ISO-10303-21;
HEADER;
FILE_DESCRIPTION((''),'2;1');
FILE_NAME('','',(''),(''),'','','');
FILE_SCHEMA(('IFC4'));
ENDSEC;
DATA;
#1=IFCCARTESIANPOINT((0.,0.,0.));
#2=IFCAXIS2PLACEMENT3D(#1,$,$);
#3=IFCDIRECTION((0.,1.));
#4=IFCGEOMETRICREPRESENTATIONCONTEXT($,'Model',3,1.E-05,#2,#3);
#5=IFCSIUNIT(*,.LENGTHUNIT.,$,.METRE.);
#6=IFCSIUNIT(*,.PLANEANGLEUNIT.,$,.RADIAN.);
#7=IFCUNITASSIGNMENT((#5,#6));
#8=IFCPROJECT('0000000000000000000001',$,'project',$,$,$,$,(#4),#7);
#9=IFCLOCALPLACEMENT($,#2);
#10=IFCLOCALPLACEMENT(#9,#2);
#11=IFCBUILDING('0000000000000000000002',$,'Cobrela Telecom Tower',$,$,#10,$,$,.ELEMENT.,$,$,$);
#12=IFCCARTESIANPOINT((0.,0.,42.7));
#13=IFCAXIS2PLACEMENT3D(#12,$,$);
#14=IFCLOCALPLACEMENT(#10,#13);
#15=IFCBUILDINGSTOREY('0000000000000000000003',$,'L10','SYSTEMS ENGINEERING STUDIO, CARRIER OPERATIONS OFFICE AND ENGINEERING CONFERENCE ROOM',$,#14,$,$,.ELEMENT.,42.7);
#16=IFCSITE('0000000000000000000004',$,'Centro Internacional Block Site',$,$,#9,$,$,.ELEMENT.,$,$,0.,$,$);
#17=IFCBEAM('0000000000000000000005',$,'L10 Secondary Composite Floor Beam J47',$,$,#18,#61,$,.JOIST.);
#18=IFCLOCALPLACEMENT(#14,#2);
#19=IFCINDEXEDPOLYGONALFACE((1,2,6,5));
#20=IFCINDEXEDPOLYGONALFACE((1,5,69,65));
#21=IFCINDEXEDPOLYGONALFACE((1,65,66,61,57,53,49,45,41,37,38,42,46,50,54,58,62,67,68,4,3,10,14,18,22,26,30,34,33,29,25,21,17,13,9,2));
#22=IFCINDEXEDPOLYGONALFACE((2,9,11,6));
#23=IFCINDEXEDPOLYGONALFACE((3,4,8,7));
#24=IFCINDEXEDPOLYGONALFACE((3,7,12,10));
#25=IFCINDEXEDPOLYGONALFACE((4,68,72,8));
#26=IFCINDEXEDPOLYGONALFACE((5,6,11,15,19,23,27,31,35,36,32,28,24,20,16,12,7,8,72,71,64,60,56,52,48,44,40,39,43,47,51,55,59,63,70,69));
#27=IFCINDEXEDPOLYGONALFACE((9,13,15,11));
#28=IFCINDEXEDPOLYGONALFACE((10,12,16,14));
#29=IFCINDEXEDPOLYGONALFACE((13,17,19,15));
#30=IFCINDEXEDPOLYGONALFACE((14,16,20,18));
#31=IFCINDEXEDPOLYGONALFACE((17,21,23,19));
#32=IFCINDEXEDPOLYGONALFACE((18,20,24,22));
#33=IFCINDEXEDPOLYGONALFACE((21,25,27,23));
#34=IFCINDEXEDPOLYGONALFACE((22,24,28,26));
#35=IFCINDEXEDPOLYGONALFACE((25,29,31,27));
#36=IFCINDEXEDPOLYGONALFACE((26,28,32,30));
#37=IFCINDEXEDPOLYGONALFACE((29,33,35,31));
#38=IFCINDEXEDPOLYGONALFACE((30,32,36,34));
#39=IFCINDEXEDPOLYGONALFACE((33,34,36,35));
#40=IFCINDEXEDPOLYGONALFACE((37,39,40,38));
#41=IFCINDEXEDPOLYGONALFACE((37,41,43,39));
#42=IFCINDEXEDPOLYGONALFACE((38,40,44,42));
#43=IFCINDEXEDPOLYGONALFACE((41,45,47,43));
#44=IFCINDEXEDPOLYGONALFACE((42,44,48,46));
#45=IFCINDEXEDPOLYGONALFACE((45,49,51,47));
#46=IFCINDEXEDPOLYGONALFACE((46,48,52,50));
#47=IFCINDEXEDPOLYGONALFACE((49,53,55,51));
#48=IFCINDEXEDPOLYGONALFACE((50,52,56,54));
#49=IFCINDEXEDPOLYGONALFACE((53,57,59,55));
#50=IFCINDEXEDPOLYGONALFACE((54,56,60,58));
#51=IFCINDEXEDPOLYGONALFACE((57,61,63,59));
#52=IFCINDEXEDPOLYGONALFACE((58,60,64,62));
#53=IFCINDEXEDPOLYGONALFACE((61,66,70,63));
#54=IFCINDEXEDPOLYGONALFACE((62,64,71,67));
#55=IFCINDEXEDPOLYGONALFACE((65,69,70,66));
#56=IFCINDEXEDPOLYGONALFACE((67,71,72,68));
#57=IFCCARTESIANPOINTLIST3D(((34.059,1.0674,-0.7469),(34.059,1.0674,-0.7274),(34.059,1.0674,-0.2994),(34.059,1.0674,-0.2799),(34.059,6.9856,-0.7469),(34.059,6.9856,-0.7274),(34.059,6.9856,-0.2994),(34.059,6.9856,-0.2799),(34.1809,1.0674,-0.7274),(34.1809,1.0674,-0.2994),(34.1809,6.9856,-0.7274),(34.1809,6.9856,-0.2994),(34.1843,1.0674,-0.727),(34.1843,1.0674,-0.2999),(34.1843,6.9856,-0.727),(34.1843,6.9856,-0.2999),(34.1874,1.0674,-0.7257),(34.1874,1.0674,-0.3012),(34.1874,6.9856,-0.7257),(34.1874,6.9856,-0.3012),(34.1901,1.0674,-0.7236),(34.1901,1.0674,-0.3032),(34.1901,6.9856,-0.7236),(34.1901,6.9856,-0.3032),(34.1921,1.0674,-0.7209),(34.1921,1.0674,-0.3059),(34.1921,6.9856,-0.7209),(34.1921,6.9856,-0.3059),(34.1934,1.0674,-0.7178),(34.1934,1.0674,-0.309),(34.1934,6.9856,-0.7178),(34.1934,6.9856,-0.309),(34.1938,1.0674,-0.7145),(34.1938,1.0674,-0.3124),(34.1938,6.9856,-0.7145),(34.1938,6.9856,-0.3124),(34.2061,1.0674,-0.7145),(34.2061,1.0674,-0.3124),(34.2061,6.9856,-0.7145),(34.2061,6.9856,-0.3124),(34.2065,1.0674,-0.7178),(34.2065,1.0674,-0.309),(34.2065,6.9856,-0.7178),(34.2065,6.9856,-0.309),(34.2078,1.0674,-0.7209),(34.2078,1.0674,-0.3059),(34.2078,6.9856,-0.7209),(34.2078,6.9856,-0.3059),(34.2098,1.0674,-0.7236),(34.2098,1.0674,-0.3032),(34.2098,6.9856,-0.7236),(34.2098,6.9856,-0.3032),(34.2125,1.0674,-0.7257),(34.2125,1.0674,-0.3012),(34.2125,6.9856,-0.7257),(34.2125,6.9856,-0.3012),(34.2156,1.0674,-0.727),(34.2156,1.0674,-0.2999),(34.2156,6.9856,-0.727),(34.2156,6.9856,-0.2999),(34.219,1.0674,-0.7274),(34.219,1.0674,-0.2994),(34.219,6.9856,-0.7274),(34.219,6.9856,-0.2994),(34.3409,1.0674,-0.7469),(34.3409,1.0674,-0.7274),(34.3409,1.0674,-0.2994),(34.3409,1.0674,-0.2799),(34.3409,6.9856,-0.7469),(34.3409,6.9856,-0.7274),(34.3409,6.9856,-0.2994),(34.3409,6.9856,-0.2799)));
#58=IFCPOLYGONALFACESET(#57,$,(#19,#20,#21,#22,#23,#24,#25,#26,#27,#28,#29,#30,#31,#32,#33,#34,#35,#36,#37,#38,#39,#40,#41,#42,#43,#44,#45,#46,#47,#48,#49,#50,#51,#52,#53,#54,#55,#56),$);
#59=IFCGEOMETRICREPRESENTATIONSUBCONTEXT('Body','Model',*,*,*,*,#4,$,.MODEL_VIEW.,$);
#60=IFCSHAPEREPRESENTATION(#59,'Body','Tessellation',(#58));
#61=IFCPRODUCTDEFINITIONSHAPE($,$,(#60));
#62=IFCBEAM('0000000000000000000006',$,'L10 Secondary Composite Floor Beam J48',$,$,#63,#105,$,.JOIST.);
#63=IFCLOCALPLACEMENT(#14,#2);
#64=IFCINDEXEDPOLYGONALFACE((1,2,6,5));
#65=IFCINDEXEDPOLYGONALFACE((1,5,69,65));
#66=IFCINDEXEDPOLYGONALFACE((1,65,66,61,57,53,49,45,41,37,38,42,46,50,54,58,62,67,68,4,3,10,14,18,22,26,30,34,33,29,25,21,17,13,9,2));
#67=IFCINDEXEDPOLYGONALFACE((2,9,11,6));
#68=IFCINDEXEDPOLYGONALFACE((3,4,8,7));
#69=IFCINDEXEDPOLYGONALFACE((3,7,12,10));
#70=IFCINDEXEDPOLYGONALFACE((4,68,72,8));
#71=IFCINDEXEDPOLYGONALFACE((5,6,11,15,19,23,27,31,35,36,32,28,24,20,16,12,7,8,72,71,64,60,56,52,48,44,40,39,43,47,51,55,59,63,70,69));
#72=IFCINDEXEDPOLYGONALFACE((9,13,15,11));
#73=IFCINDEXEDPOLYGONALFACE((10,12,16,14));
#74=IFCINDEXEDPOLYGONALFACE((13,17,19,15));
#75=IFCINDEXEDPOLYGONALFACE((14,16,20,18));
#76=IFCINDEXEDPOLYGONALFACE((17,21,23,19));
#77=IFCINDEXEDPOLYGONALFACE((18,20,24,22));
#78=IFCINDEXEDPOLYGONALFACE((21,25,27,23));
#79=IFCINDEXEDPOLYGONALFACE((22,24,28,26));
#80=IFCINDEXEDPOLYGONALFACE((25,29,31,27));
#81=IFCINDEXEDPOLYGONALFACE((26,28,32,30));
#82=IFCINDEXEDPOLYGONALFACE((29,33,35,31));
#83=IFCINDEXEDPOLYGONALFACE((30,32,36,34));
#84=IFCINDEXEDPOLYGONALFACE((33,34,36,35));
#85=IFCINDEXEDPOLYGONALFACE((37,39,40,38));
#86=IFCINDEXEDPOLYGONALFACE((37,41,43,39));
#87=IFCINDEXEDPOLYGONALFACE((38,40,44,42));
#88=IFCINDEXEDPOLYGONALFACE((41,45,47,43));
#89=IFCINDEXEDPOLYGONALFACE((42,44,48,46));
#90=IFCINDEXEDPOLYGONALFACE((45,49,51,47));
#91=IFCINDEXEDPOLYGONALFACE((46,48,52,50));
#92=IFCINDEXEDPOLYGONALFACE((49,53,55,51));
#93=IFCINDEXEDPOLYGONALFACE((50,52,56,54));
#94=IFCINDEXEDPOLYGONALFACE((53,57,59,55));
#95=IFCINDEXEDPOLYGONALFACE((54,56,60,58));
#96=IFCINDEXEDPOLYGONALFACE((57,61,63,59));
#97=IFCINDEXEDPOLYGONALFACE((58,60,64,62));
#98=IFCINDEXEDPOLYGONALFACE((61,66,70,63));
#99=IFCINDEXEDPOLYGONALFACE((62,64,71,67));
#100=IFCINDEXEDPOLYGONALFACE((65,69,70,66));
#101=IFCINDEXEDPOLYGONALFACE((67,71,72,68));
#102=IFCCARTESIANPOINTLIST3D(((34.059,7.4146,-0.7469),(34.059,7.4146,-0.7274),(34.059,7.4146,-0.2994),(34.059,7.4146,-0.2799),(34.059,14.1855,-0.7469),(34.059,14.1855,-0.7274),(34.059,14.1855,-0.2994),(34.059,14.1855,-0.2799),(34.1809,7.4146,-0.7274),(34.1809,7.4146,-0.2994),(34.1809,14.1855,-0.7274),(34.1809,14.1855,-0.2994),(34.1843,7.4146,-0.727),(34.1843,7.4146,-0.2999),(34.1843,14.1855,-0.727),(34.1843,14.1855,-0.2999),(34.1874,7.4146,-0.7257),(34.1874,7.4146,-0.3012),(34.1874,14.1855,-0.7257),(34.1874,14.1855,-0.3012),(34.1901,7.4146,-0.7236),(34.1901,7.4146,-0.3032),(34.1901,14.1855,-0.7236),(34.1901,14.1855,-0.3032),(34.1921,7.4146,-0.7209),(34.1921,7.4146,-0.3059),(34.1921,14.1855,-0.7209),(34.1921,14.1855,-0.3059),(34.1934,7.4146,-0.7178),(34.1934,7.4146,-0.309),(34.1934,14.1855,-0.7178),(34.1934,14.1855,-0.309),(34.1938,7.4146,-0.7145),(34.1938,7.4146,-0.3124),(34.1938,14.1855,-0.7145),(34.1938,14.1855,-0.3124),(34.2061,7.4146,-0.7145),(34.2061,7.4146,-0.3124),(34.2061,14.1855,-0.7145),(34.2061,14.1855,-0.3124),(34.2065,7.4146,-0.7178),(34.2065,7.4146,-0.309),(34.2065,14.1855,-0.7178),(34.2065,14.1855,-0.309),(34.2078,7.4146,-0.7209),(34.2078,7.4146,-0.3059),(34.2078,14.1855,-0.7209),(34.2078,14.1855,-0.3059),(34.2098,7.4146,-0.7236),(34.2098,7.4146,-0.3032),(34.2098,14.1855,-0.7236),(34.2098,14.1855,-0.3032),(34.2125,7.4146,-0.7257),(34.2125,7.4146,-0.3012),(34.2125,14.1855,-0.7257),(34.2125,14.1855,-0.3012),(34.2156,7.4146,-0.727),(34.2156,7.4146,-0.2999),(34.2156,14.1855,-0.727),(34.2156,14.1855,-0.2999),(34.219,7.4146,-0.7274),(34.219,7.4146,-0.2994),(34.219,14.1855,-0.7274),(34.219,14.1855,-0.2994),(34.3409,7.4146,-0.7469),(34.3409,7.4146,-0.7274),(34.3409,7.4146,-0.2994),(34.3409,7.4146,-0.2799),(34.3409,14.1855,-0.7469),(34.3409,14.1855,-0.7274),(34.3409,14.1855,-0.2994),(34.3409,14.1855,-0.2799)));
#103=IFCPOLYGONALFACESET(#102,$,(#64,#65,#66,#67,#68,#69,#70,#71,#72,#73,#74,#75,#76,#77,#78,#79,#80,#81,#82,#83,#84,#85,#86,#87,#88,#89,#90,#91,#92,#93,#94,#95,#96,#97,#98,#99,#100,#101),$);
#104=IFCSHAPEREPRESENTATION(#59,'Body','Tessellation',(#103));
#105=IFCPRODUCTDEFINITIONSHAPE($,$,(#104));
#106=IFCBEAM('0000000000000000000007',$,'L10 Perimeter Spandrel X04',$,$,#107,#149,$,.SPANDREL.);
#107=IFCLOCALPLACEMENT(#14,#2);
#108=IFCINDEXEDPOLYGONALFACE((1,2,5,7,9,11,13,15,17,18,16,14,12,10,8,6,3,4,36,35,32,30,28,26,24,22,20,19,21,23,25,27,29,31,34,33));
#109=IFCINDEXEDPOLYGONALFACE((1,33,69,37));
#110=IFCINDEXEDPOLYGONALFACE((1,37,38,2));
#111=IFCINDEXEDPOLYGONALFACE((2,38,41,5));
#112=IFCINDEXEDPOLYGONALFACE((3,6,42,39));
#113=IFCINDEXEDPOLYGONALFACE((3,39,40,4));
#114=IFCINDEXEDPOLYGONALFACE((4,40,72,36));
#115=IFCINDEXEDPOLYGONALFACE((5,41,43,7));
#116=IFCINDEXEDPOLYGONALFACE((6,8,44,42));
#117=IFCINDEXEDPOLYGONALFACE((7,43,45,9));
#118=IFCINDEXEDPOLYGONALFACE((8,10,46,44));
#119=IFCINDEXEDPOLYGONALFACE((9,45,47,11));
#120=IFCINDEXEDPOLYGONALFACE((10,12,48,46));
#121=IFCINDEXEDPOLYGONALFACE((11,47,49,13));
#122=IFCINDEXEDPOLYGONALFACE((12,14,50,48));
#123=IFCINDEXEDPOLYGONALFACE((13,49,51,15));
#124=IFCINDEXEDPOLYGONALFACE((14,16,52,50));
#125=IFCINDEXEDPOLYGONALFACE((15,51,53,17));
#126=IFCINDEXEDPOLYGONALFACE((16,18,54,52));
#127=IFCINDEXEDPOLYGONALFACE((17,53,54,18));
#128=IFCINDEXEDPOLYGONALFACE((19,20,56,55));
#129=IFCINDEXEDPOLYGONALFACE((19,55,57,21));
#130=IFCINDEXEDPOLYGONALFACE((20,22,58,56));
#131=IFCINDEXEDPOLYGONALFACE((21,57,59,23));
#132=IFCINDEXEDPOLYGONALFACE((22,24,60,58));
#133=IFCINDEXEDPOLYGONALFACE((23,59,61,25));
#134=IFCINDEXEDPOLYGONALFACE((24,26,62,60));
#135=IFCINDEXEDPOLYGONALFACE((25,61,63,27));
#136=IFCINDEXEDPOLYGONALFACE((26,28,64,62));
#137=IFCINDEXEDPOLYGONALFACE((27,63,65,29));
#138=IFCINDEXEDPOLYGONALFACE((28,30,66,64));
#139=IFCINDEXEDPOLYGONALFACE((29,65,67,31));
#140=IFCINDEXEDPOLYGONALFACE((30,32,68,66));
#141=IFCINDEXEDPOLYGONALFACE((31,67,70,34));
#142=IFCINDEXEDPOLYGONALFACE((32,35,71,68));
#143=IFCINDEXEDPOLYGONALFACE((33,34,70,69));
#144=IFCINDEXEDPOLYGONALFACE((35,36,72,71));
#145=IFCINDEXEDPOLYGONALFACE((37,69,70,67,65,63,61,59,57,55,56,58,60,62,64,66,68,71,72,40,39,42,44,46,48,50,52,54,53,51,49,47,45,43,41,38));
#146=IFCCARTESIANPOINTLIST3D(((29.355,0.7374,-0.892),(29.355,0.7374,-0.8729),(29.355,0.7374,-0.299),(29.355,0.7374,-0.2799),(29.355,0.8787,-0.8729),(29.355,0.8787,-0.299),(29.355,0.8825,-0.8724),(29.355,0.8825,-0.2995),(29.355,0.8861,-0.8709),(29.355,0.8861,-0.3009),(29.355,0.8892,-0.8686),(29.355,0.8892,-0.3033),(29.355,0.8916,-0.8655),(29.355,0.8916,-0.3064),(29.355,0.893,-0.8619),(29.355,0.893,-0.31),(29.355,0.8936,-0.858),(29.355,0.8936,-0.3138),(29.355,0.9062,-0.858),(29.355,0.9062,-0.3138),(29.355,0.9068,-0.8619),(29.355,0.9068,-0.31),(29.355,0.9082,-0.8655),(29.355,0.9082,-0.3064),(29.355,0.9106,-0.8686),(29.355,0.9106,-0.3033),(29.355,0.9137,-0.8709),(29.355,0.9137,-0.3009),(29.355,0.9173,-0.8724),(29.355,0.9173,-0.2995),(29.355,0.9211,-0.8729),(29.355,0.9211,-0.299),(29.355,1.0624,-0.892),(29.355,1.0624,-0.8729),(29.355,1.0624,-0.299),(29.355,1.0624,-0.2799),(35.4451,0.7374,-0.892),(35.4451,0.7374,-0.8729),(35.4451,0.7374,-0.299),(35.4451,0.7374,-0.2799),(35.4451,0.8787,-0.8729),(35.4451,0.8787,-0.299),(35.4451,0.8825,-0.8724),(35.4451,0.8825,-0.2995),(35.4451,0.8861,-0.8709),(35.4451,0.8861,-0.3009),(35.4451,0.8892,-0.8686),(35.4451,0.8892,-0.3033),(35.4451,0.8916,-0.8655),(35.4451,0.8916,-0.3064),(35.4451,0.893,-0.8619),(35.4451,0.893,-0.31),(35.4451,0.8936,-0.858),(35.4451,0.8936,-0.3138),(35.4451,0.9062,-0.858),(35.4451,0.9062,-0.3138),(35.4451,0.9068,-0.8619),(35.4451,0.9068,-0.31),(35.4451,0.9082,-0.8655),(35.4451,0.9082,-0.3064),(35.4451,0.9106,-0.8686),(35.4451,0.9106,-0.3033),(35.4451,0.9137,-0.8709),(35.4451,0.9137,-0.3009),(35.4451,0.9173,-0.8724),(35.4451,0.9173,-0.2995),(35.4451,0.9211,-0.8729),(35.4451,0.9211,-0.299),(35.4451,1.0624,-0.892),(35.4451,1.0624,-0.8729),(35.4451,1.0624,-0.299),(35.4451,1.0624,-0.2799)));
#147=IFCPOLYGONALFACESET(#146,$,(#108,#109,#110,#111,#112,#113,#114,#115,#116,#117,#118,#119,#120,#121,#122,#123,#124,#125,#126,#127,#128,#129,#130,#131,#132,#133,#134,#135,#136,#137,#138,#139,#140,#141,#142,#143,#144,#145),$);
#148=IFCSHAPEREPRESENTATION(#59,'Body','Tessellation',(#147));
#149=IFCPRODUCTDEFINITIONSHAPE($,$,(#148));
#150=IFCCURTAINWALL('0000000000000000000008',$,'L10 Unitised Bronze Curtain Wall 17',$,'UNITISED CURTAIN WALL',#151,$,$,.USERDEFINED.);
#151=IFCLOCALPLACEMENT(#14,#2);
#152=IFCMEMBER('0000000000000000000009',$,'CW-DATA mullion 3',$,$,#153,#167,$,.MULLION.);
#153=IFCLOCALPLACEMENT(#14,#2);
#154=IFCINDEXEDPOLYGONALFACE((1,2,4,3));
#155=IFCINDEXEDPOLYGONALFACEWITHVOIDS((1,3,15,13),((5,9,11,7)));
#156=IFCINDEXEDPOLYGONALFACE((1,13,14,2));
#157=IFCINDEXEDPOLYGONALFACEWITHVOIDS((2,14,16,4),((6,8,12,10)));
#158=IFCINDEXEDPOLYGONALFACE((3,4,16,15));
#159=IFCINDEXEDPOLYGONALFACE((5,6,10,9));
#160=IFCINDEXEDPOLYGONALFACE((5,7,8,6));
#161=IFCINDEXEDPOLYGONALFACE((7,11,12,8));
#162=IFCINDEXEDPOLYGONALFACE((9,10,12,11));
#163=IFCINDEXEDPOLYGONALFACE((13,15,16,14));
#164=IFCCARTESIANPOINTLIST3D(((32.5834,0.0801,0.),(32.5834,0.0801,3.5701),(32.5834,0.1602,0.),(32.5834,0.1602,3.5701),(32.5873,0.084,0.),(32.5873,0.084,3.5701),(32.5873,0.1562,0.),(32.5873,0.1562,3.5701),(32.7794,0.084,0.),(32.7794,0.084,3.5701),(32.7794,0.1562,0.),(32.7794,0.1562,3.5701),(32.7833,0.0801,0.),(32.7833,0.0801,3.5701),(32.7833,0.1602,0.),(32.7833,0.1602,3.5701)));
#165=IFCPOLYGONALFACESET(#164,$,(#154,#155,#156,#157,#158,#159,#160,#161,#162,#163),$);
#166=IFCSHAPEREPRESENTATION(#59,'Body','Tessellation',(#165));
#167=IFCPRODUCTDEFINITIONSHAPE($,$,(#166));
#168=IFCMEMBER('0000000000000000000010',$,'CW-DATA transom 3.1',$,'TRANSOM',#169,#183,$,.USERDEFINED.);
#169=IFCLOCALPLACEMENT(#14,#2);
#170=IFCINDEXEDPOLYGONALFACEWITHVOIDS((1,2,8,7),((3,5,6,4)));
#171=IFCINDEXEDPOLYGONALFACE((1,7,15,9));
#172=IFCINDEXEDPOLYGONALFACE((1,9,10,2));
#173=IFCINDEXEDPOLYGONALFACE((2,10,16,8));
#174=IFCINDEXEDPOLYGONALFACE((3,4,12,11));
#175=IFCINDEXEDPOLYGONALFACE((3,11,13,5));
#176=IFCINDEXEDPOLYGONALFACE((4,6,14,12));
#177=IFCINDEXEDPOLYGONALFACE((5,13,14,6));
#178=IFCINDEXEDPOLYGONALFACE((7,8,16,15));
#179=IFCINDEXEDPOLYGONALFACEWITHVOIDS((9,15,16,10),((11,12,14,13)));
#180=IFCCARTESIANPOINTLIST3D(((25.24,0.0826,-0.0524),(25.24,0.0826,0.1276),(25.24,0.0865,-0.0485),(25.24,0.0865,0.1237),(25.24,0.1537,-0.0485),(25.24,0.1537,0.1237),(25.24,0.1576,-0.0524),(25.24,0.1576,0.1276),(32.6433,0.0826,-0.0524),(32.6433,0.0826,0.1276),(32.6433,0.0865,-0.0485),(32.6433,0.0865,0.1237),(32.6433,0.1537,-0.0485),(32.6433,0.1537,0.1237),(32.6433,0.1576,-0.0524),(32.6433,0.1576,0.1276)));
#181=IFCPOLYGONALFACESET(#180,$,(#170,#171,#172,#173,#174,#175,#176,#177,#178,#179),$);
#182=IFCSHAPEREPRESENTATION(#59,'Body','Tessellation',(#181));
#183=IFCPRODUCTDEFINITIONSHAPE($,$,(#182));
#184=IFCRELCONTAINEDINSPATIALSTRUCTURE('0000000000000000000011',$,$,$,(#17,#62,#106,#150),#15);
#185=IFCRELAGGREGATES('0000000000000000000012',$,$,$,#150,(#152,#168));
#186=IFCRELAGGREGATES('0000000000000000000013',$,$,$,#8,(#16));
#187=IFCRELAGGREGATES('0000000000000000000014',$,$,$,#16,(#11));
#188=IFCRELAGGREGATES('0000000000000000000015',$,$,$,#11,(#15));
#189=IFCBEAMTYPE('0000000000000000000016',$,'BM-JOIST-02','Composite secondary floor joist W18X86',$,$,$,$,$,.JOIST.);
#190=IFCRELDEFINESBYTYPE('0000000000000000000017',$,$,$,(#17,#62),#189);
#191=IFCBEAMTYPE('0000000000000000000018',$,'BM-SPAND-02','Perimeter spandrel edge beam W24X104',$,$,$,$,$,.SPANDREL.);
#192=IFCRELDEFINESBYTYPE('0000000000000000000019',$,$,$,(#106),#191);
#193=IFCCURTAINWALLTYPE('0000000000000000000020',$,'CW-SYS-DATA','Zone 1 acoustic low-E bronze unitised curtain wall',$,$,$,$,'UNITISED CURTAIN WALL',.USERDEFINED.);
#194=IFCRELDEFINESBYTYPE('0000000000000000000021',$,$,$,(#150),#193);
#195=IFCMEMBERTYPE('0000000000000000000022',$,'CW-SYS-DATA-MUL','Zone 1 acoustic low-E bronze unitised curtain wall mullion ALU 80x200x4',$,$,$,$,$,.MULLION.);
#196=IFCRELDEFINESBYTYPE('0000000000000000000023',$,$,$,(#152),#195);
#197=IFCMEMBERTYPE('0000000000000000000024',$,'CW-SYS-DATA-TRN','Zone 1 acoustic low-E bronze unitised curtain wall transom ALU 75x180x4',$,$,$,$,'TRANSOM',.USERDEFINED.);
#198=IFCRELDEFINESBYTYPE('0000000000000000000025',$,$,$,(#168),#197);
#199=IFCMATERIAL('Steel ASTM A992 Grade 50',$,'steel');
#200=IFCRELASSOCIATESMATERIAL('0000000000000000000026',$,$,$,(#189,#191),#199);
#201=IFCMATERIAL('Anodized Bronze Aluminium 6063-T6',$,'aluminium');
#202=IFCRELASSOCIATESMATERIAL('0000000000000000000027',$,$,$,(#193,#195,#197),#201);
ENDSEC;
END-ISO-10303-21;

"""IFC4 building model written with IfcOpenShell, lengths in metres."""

from ifc_helpers import new_model, si_unit, direction, frame, origin, origin_2d, place, context, subcontext, project, spatial, hollow_rectangle, i_section, extrude, material, material_profile, profile_set, type_object, element, aggregate, save


model = new_model("IFC4")

# Units and contexts
model_context = context("Model", 3, precision=1e-05, world=origin(), true_north=direction((0.0, 1.0)))
body_context = subcontext(model_context, "Body", "Model", "MODEL_VIEW")
ifc_project = project(units=[si_unit("LENGTHUNIT", "METRE"), si_unit("PLANEANGLEUNIT", "RADIAN")], contexts=[model_context])

# Site, building, storey
site_placement = place(None, origin())
site = spatial("IfcSite", under=ifc_project, at=site_placement, Name="Centro Internacional Block Site", CompositionType="ELEMENT", RefElevation=0.0)
building_placement = place(site_placement, origin())
building = spatial("IfcBuilding", under=site, at=building_placement, Name="Cobrela Telecom Tower", CompositionType="ELEMENT")
storey_placement = place(building_placement, frame((0.0, 0.0, 42.7)))
storey = spatial("IfcBuildingStorey", under=building, at=storey_placement, Name="L10", Description="SYSTEMS ENGINEERING STUDIO, CARRIER OPERATIONS OFFICE AND ENGINEERING CONFERENCE ROOM", CompositionType="ELEMENT", Elevation=42.7)

# Shared definitions
ifc_material_1 = material(Name="Steel ASTM A992 Grade 50", Category="steel")

# Beams
ifc_material_profile_1 = material_profile(ifc_material_1, i_section(OverallWidth=0.282, OverallDepth=0.467, WebThickness=0.0122, FlangeThickness=0.0195, FilletRadius=0.0129, at=origin_2d()), Name="W18X86")
ifc_profile_set_1 = profile_set([ifc_material_profile_1], Name="Steel ASTM A992 Grade 50")
beam_type_1 = type_object("IfcBeamType", Name="BM-JOIST-02", Description="Composite secondary floor joist W18X86", PredefinedType="JOIST", material=ifc_profile_set_1)
beam_1_placement = place(storey_placement, frame((34.2, 1.0674, -0.5134), z_axis=(0.0, 1.0, 0.0), x_axis=(-1.0, 0.0, 0.0)))
element("IfcBeam", 1, at=beam_1_placement, inside=storey, type_object=beam_type_1, Name="L10 Secondary Composite Floor Beam J47", PredefinedType="JOIST", context=body_context, shape_type="SweptSolid", body=[
    extrude(i_section(OverallWidth=0.282, OverallDepth=0.467, WebThickness=0.0122, FlangeThickness=0.0195, FilletRadius=0.0129, at=origin_2d()), origin(), (0.0, 0.0, 1.0), 5.9182),
])
beam_2_placement = place(storey_placement, frame((34.2, 7.4146, -0.5134), z_axis=(0.0, 1.0, 0.0), x_axis=(-1.0, 0.0, 0.0)))
element("IfcBeam", 2, at=beam_2_placement, inside=storey, type_object=beam_type_1, Name="L10 Secondary Composite Floor Beam J48", PredefinedType="JOIST", context=body_context, shape_type="SweptSolid", body=[
    extrude(i_section(OverallWidth=0.282, OverallDepth=0.467, WebThickness=0.0122, FlangeThickness=0.0195, FilletRadius=0.0129, at=origin_2d()), origin(), (0.0, 0.0, 1.0), 6.771),
])
ifc_material_profile_2 = material_profile(ifc_material_1, i_section(OverallWidth=0.325, OverallDepth=0.6121, WebThickness=0.0127, FlangeThickness=0.019, FilletRadius=0.0149, at=origin_2d()), Name="W24X104")
ifc_profile_set_2 = profile_set([ifc_material_profile_2], Name="Steel ASTM A992 Grade 50")
beam_type_2 = type_object("IfcBeamType", Name="BM-SPAND-02", Description="Perimeter spandrel edge beam W24X104", PredefinedType="SPANDREL", material=ifc_profile_set_2)
beam_3_placement = place(storey_placement, frame((29.355, 0.8999, -0.5859), z_axis=(1.0, 0.0, 0.0), x_axis=(0.0, 1.0, 0.0)))
element("IfcBeam", 3, at=beam_3_placement, inside=storey, type_object=beam_type_2, Name="L10 Perimeter Spandrel X04", PredefinedType="SPANDREL", context=body_context, shape_type="SweptSolid", body=[
    extrude(i_section(OverallWidth=0.325, OverallDepth=0.6121, WebThickness=0.0127, FlangeThickness=0.019, FilletRadius=0.0149, at=origin_2d()), origin(), (0.0, 0.0, 1.0), 6.0901),
])

# Curtain wall, members
ifc_material_2 = material(Name="Anodized Bronze Aluminium 6063-T6", Category="aluminium")
curtain_wall_type = type_object("IfcCurtainWallType", Name="CW-SYS-DATA", Description="Zone 1 acoustic low-E bronze unitised curtain wall", ElementType="UNITISED CURTAIN WALL", PredefinedType="USERDEFINED", material=ifc_material_2)
curtain_wall_placement = place(storey_placement, origin())
curtain_wall = element("IfcCurtainWall", 4, at=curtain_wall_placement, inside=storey, type_object=curtain_wall_type, Name="L10 Unitised Bronze Curtain Wall 17", ObjectType="UNITISED CURTAIN WALL", PredefinedType="USERDEFINED")
ifc_material_profile_3 = material_profile(ifc_material_2, hollow_rectangle(XDim=0.0801, YDim=0.2, WallThickness=0.0039, at=origin_2d()), Name="ALU 80x200x4")
ifc_profile_set_3 = profile_set([ifc_material_profile_3], Name="Anodized Bronze Aluminium 6063-T6")
member_type_1 = type_object("IfcMemberType", Name="CW-SYS-DATA-MUL", Description="Zone 1 acoustic low-E bronze unitised curtain wall mullion ALU 80x200x4", PredefinedType="MULLION", material=ifc_profile_set_3)
member_1_placement = place(storey_placement, frame((32.6833, 0.1201, 0.0), z_axis=(0.0, 0.0, 1.0), x_axis=(0.0, -1.0, 0.0)))
member_1 = element("IfcMember", 5, at=member_1_placement, type_object=member_type_1, Name="CW-DATA mullion 3", PredefinedType="MULLION", context=body_context, shape_type="SweptSolid", body=[
    extrude(hollow_rectangle(XDim=0.0801, YDim=0.2, WallThickness=0.0039, at=origin_2d()), origin(), (0.0, 0.0, 1.0), 3.5701),
])
ifc_material_profile_4 = material_profile(ifc_material_2, hollow_rectangle(XDim=0.075, YDim=0.1799, WallThickness=0.0039, at=origin_2d()), Name="ALU 75x180x4")
ifc_profile_set_4 = profile_set([ifc_material_profile_4], Name="Anodized Bronze Aluminium 6063-T6")
member_type_2 = type_object("IfcMemberType", Name="CW-SYS-DATA-TRN", Description="Zone 1 acoustic low-E bronze unitised curtain wall transom ALU 75x180x4", ElementType="TRANSOM", PredefinedType="USERDEFINED", material=ifc_profile_set_4)
member_2_placement = place(storey_placement, frame((32.6433, 0.1201, 0.0376), z_axis=(-1.0, 0.0, 0.0), x_axis=(0.0, -1.0, 0.0)))
member_2 = element("IfcMember", 6, at=member_2_placement, type_object=member_type_2, Name="CW-DATA transom 3.1", ObjectType="TRANSOM", PredefinedType="USERDEFINED", context=body_context, shape_type="SweptSolid", body=[
    extrude(hollow_rectangle(XDim=0.075, YDim=0.1799, WallThickness=0.0039, at=origin_2d()), origin(), (0.0, 0.0, 1.0), 7.4033),
])
aggregate(curtain_wall, [member_1, member_2])

save(model, "model.ifc")
